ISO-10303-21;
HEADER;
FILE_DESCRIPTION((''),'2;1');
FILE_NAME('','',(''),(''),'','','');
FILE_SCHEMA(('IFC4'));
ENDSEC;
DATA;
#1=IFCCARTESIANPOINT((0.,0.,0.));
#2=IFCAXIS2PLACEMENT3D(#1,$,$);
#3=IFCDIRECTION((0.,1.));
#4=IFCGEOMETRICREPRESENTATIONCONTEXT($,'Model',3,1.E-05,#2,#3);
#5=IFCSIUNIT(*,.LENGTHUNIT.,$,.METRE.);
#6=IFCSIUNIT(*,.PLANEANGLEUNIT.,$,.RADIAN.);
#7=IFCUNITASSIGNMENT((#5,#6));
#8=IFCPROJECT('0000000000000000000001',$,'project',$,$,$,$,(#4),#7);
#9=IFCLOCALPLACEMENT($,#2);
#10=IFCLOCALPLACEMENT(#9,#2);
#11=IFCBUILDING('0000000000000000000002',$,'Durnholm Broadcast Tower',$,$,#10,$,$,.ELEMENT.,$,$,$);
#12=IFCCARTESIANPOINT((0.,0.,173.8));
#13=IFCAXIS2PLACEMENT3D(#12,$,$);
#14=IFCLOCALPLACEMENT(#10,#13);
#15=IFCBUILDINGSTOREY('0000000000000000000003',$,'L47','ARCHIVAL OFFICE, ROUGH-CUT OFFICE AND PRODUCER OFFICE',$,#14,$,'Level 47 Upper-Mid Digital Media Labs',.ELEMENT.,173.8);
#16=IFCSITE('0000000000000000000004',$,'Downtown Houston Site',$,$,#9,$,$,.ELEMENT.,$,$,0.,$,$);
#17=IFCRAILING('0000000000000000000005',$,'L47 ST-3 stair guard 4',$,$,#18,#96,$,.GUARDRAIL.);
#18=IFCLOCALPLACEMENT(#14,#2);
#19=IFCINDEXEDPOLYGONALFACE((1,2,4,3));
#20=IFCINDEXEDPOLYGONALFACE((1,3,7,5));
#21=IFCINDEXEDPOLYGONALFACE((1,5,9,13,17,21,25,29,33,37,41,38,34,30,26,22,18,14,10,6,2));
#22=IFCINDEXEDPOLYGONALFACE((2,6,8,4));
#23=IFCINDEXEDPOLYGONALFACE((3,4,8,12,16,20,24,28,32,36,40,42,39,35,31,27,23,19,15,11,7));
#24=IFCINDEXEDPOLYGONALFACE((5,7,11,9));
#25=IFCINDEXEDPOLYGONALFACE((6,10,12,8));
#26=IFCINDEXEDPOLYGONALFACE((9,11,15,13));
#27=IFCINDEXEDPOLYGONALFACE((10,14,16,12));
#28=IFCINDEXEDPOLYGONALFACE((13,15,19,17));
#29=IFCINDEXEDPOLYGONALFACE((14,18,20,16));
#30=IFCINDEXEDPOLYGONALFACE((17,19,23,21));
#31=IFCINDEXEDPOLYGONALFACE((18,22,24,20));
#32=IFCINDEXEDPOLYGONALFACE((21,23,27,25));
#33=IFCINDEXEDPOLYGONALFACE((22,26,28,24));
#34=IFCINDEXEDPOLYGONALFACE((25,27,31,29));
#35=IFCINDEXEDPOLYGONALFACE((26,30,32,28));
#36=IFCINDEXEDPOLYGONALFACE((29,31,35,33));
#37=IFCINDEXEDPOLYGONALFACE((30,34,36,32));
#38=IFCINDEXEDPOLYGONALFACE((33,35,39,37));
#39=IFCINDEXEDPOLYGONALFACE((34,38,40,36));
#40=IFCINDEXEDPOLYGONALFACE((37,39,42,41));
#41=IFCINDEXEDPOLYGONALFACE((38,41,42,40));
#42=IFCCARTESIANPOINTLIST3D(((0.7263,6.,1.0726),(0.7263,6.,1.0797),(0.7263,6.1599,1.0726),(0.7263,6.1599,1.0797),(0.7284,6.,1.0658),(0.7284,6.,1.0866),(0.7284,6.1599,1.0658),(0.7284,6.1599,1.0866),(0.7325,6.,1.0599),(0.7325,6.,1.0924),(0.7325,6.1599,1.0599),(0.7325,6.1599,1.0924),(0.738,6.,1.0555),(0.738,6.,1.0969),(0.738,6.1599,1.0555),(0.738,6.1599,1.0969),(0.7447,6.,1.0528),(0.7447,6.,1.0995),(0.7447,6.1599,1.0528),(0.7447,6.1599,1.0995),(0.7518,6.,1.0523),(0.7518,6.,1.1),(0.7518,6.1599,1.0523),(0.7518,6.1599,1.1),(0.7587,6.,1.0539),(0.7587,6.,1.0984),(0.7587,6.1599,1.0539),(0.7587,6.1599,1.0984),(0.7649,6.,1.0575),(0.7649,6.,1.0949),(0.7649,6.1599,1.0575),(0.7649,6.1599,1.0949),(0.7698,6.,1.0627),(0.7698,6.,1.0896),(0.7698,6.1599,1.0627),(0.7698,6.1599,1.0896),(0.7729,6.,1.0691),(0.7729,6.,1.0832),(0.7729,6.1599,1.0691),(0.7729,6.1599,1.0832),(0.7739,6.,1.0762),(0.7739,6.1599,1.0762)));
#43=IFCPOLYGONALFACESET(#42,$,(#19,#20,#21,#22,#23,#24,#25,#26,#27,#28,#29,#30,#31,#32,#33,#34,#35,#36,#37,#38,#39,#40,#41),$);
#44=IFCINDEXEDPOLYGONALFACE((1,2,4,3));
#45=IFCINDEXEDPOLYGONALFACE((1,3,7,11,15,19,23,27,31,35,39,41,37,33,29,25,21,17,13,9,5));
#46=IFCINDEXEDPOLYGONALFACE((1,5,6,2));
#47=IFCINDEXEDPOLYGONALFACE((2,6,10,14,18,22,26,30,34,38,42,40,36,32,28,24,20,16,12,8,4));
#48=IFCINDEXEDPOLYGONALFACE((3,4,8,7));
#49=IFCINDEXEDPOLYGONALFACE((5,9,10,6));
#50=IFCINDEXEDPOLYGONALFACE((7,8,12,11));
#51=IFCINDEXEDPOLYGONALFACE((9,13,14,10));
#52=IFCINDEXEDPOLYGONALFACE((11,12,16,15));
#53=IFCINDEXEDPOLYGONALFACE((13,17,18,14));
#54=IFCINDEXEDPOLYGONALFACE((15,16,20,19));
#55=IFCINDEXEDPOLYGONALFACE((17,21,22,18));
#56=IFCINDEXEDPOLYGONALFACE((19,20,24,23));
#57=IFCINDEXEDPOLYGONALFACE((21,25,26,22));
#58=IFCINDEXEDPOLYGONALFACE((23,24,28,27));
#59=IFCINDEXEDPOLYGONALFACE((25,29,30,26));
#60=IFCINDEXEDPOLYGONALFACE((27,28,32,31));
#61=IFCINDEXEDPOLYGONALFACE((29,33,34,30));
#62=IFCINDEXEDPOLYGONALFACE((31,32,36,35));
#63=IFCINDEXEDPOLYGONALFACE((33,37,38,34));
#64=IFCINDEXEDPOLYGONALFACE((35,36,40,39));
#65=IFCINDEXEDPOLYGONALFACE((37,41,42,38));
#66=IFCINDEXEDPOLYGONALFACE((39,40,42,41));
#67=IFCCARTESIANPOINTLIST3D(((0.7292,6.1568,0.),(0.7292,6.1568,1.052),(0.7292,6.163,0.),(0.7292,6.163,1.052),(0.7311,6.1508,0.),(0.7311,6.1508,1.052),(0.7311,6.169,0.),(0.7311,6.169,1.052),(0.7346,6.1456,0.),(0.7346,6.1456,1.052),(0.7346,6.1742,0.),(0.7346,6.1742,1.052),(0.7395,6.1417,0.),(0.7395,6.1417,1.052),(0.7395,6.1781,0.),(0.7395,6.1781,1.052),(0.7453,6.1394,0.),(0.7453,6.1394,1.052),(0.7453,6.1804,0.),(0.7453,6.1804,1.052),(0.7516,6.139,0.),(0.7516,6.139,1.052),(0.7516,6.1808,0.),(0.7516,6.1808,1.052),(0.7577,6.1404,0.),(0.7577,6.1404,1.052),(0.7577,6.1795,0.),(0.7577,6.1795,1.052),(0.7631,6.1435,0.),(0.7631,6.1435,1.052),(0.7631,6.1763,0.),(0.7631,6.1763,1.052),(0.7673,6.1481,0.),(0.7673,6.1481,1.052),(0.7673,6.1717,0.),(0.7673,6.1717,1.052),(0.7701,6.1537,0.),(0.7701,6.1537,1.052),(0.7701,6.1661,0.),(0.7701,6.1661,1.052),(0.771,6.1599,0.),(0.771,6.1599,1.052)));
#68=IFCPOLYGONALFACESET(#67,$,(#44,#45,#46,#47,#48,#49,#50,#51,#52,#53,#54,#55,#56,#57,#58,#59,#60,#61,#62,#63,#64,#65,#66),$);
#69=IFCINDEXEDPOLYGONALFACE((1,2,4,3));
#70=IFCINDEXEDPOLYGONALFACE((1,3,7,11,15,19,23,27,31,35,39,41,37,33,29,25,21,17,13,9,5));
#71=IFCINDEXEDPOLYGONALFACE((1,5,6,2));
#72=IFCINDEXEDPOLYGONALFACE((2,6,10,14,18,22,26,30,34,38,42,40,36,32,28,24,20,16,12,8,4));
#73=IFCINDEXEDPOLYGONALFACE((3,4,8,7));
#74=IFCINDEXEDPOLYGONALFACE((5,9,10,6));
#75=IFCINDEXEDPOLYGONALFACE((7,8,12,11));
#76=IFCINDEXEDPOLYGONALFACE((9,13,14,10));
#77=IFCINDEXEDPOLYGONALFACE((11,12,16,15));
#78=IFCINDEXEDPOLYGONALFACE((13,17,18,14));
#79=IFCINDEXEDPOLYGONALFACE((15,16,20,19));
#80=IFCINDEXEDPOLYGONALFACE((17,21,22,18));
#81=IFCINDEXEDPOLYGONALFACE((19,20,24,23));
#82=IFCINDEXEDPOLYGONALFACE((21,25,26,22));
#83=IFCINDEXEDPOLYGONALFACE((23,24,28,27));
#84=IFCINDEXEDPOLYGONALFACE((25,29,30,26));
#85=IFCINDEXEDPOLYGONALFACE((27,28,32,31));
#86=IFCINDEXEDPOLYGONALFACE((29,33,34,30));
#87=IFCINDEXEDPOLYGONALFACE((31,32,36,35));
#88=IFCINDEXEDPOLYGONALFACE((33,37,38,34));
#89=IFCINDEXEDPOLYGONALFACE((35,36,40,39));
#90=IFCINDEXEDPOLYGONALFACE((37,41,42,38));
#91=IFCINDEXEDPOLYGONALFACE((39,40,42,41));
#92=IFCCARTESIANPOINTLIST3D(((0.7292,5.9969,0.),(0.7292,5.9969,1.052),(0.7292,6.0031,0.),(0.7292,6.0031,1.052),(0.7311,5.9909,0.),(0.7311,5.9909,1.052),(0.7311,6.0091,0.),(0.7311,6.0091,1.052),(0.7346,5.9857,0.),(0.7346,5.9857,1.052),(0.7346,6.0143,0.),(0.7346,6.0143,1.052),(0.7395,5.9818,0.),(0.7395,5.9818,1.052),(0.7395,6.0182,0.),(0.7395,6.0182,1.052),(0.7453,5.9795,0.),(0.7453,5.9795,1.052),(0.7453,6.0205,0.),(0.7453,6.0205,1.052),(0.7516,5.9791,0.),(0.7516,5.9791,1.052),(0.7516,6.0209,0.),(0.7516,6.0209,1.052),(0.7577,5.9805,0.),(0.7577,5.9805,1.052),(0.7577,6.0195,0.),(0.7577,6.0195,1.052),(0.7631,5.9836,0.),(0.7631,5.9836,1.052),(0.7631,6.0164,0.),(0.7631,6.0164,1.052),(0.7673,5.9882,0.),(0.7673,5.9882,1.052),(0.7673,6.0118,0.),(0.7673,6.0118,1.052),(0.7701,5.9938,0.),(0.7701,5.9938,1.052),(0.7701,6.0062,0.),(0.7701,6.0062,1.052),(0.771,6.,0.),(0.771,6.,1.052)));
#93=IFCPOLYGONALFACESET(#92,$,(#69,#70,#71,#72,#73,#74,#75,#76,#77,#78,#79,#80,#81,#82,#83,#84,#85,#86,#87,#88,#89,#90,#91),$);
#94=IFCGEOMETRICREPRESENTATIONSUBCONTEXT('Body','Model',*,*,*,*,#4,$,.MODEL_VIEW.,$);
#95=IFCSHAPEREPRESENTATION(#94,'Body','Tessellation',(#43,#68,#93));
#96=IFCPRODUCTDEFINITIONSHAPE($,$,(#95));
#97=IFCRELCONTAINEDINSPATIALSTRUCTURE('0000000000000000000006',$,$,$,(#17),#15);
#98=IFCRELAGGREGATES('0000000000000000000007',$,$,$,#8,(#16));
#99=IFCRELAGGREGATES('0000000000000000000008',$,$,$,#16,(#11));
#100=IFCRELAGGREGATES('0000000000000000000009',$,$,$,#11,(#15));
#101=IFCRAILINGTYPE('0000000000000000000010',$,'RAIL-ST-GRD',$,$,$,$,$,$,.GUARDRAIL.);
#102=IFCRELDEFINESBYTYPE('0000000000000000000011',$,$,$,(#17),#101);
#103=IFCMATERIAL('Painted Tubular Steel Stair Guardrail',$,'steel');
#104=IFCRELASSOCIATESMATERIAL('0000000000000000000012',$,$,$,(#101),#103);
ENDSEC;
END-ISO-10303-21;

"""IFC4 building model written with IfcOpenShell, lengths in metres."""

from ifc_helpers import new_model, si_unit, direction, frame, origin, origin_2d, place, context, subcontext, project, spatial, circle, extrude, material, type_object, element, save


model = new_model("IFC4")

# Units and contexts
model_context = context("Model", 3, precision=1e-05, world=origin(), true_north=direction((0.0, 1.0)))
body_context = subcontext(model_context, "Body", "Model", "MODEL_VIEW")
ifc_project = project(units=[si_unit("LENGTHUNIT", "METRE"), si_unit("PLANEANGLEUNIT", "RADIAN")], contexts=[model_context])

# Site, building, storey
site_placement = place(None, origin())
site = spatial("IfcSite", under=ifc_project, at=site_placement, Name="Downtown Houston Site", CompositionType="ELEMENT", RefElevation=0.0)
building_placement = place(site_placement, origin())
building = spatial("IfcBuilding", under=site, at=building_placement, Name="Durnholm Broadcast Tower", CompositionType="ELEMENT")
storey_placement = place(building_placement, frame((0.0, 0.0, 173.8)))
storey = spatial("IfcBuildingStorey", under=building, at=storey_placement, Name="L47", Description="ARCHIVAL OFFICE, ROUGH-CUT OFFICE AND PRODUCER OFFICE", LongName="Level 47 Upper-Mid Digital Media Labs", CompositionType="ELEMENT", Elevation=173.8)

# Railing
ifc_material_1 = material(Name="Painted Tubular Steel Stair Guardrail", Category="steel")
railing_type_1 = type_object("IfcRailingType", Name="RAIL-ST-GRD", PredefinedType="GUARDRAIL", material=ifc_material_1)
railing_1_placement = place(storey_placement, frame((0.75, 6.1599, 0.0)))
element("IfcRailing", 1, at=railing_1_placement, inside=storey, type_object=railing_type_1, Name="L47 ST-3 stair guard 4", PredefinedType="GUARDRAIL", context=body_context, shape_type="SweptSolid", body=[
    extrude(circle(Radius=0.0239, at=origin_2d()), frame((0.0, 0.0, 1.0762), z_axis=(0.0, -1.0, 0.0), x_axis=(1.0, 0.0, 0.0)), (0.0, 0.0, 1.0), 0.1599),
    extrude(circle(Radius=0.021, at=origin_2d()), origin(), (0.0, 0.0, 1.0), 1.052),
    extrude(circle(Radius=0.021, at=origin_2d()), frame((0.0, -0.1599, 0.0)), (0.0, 0.0, 1.0), 1.052),
])

save(model, "model.ifc")
